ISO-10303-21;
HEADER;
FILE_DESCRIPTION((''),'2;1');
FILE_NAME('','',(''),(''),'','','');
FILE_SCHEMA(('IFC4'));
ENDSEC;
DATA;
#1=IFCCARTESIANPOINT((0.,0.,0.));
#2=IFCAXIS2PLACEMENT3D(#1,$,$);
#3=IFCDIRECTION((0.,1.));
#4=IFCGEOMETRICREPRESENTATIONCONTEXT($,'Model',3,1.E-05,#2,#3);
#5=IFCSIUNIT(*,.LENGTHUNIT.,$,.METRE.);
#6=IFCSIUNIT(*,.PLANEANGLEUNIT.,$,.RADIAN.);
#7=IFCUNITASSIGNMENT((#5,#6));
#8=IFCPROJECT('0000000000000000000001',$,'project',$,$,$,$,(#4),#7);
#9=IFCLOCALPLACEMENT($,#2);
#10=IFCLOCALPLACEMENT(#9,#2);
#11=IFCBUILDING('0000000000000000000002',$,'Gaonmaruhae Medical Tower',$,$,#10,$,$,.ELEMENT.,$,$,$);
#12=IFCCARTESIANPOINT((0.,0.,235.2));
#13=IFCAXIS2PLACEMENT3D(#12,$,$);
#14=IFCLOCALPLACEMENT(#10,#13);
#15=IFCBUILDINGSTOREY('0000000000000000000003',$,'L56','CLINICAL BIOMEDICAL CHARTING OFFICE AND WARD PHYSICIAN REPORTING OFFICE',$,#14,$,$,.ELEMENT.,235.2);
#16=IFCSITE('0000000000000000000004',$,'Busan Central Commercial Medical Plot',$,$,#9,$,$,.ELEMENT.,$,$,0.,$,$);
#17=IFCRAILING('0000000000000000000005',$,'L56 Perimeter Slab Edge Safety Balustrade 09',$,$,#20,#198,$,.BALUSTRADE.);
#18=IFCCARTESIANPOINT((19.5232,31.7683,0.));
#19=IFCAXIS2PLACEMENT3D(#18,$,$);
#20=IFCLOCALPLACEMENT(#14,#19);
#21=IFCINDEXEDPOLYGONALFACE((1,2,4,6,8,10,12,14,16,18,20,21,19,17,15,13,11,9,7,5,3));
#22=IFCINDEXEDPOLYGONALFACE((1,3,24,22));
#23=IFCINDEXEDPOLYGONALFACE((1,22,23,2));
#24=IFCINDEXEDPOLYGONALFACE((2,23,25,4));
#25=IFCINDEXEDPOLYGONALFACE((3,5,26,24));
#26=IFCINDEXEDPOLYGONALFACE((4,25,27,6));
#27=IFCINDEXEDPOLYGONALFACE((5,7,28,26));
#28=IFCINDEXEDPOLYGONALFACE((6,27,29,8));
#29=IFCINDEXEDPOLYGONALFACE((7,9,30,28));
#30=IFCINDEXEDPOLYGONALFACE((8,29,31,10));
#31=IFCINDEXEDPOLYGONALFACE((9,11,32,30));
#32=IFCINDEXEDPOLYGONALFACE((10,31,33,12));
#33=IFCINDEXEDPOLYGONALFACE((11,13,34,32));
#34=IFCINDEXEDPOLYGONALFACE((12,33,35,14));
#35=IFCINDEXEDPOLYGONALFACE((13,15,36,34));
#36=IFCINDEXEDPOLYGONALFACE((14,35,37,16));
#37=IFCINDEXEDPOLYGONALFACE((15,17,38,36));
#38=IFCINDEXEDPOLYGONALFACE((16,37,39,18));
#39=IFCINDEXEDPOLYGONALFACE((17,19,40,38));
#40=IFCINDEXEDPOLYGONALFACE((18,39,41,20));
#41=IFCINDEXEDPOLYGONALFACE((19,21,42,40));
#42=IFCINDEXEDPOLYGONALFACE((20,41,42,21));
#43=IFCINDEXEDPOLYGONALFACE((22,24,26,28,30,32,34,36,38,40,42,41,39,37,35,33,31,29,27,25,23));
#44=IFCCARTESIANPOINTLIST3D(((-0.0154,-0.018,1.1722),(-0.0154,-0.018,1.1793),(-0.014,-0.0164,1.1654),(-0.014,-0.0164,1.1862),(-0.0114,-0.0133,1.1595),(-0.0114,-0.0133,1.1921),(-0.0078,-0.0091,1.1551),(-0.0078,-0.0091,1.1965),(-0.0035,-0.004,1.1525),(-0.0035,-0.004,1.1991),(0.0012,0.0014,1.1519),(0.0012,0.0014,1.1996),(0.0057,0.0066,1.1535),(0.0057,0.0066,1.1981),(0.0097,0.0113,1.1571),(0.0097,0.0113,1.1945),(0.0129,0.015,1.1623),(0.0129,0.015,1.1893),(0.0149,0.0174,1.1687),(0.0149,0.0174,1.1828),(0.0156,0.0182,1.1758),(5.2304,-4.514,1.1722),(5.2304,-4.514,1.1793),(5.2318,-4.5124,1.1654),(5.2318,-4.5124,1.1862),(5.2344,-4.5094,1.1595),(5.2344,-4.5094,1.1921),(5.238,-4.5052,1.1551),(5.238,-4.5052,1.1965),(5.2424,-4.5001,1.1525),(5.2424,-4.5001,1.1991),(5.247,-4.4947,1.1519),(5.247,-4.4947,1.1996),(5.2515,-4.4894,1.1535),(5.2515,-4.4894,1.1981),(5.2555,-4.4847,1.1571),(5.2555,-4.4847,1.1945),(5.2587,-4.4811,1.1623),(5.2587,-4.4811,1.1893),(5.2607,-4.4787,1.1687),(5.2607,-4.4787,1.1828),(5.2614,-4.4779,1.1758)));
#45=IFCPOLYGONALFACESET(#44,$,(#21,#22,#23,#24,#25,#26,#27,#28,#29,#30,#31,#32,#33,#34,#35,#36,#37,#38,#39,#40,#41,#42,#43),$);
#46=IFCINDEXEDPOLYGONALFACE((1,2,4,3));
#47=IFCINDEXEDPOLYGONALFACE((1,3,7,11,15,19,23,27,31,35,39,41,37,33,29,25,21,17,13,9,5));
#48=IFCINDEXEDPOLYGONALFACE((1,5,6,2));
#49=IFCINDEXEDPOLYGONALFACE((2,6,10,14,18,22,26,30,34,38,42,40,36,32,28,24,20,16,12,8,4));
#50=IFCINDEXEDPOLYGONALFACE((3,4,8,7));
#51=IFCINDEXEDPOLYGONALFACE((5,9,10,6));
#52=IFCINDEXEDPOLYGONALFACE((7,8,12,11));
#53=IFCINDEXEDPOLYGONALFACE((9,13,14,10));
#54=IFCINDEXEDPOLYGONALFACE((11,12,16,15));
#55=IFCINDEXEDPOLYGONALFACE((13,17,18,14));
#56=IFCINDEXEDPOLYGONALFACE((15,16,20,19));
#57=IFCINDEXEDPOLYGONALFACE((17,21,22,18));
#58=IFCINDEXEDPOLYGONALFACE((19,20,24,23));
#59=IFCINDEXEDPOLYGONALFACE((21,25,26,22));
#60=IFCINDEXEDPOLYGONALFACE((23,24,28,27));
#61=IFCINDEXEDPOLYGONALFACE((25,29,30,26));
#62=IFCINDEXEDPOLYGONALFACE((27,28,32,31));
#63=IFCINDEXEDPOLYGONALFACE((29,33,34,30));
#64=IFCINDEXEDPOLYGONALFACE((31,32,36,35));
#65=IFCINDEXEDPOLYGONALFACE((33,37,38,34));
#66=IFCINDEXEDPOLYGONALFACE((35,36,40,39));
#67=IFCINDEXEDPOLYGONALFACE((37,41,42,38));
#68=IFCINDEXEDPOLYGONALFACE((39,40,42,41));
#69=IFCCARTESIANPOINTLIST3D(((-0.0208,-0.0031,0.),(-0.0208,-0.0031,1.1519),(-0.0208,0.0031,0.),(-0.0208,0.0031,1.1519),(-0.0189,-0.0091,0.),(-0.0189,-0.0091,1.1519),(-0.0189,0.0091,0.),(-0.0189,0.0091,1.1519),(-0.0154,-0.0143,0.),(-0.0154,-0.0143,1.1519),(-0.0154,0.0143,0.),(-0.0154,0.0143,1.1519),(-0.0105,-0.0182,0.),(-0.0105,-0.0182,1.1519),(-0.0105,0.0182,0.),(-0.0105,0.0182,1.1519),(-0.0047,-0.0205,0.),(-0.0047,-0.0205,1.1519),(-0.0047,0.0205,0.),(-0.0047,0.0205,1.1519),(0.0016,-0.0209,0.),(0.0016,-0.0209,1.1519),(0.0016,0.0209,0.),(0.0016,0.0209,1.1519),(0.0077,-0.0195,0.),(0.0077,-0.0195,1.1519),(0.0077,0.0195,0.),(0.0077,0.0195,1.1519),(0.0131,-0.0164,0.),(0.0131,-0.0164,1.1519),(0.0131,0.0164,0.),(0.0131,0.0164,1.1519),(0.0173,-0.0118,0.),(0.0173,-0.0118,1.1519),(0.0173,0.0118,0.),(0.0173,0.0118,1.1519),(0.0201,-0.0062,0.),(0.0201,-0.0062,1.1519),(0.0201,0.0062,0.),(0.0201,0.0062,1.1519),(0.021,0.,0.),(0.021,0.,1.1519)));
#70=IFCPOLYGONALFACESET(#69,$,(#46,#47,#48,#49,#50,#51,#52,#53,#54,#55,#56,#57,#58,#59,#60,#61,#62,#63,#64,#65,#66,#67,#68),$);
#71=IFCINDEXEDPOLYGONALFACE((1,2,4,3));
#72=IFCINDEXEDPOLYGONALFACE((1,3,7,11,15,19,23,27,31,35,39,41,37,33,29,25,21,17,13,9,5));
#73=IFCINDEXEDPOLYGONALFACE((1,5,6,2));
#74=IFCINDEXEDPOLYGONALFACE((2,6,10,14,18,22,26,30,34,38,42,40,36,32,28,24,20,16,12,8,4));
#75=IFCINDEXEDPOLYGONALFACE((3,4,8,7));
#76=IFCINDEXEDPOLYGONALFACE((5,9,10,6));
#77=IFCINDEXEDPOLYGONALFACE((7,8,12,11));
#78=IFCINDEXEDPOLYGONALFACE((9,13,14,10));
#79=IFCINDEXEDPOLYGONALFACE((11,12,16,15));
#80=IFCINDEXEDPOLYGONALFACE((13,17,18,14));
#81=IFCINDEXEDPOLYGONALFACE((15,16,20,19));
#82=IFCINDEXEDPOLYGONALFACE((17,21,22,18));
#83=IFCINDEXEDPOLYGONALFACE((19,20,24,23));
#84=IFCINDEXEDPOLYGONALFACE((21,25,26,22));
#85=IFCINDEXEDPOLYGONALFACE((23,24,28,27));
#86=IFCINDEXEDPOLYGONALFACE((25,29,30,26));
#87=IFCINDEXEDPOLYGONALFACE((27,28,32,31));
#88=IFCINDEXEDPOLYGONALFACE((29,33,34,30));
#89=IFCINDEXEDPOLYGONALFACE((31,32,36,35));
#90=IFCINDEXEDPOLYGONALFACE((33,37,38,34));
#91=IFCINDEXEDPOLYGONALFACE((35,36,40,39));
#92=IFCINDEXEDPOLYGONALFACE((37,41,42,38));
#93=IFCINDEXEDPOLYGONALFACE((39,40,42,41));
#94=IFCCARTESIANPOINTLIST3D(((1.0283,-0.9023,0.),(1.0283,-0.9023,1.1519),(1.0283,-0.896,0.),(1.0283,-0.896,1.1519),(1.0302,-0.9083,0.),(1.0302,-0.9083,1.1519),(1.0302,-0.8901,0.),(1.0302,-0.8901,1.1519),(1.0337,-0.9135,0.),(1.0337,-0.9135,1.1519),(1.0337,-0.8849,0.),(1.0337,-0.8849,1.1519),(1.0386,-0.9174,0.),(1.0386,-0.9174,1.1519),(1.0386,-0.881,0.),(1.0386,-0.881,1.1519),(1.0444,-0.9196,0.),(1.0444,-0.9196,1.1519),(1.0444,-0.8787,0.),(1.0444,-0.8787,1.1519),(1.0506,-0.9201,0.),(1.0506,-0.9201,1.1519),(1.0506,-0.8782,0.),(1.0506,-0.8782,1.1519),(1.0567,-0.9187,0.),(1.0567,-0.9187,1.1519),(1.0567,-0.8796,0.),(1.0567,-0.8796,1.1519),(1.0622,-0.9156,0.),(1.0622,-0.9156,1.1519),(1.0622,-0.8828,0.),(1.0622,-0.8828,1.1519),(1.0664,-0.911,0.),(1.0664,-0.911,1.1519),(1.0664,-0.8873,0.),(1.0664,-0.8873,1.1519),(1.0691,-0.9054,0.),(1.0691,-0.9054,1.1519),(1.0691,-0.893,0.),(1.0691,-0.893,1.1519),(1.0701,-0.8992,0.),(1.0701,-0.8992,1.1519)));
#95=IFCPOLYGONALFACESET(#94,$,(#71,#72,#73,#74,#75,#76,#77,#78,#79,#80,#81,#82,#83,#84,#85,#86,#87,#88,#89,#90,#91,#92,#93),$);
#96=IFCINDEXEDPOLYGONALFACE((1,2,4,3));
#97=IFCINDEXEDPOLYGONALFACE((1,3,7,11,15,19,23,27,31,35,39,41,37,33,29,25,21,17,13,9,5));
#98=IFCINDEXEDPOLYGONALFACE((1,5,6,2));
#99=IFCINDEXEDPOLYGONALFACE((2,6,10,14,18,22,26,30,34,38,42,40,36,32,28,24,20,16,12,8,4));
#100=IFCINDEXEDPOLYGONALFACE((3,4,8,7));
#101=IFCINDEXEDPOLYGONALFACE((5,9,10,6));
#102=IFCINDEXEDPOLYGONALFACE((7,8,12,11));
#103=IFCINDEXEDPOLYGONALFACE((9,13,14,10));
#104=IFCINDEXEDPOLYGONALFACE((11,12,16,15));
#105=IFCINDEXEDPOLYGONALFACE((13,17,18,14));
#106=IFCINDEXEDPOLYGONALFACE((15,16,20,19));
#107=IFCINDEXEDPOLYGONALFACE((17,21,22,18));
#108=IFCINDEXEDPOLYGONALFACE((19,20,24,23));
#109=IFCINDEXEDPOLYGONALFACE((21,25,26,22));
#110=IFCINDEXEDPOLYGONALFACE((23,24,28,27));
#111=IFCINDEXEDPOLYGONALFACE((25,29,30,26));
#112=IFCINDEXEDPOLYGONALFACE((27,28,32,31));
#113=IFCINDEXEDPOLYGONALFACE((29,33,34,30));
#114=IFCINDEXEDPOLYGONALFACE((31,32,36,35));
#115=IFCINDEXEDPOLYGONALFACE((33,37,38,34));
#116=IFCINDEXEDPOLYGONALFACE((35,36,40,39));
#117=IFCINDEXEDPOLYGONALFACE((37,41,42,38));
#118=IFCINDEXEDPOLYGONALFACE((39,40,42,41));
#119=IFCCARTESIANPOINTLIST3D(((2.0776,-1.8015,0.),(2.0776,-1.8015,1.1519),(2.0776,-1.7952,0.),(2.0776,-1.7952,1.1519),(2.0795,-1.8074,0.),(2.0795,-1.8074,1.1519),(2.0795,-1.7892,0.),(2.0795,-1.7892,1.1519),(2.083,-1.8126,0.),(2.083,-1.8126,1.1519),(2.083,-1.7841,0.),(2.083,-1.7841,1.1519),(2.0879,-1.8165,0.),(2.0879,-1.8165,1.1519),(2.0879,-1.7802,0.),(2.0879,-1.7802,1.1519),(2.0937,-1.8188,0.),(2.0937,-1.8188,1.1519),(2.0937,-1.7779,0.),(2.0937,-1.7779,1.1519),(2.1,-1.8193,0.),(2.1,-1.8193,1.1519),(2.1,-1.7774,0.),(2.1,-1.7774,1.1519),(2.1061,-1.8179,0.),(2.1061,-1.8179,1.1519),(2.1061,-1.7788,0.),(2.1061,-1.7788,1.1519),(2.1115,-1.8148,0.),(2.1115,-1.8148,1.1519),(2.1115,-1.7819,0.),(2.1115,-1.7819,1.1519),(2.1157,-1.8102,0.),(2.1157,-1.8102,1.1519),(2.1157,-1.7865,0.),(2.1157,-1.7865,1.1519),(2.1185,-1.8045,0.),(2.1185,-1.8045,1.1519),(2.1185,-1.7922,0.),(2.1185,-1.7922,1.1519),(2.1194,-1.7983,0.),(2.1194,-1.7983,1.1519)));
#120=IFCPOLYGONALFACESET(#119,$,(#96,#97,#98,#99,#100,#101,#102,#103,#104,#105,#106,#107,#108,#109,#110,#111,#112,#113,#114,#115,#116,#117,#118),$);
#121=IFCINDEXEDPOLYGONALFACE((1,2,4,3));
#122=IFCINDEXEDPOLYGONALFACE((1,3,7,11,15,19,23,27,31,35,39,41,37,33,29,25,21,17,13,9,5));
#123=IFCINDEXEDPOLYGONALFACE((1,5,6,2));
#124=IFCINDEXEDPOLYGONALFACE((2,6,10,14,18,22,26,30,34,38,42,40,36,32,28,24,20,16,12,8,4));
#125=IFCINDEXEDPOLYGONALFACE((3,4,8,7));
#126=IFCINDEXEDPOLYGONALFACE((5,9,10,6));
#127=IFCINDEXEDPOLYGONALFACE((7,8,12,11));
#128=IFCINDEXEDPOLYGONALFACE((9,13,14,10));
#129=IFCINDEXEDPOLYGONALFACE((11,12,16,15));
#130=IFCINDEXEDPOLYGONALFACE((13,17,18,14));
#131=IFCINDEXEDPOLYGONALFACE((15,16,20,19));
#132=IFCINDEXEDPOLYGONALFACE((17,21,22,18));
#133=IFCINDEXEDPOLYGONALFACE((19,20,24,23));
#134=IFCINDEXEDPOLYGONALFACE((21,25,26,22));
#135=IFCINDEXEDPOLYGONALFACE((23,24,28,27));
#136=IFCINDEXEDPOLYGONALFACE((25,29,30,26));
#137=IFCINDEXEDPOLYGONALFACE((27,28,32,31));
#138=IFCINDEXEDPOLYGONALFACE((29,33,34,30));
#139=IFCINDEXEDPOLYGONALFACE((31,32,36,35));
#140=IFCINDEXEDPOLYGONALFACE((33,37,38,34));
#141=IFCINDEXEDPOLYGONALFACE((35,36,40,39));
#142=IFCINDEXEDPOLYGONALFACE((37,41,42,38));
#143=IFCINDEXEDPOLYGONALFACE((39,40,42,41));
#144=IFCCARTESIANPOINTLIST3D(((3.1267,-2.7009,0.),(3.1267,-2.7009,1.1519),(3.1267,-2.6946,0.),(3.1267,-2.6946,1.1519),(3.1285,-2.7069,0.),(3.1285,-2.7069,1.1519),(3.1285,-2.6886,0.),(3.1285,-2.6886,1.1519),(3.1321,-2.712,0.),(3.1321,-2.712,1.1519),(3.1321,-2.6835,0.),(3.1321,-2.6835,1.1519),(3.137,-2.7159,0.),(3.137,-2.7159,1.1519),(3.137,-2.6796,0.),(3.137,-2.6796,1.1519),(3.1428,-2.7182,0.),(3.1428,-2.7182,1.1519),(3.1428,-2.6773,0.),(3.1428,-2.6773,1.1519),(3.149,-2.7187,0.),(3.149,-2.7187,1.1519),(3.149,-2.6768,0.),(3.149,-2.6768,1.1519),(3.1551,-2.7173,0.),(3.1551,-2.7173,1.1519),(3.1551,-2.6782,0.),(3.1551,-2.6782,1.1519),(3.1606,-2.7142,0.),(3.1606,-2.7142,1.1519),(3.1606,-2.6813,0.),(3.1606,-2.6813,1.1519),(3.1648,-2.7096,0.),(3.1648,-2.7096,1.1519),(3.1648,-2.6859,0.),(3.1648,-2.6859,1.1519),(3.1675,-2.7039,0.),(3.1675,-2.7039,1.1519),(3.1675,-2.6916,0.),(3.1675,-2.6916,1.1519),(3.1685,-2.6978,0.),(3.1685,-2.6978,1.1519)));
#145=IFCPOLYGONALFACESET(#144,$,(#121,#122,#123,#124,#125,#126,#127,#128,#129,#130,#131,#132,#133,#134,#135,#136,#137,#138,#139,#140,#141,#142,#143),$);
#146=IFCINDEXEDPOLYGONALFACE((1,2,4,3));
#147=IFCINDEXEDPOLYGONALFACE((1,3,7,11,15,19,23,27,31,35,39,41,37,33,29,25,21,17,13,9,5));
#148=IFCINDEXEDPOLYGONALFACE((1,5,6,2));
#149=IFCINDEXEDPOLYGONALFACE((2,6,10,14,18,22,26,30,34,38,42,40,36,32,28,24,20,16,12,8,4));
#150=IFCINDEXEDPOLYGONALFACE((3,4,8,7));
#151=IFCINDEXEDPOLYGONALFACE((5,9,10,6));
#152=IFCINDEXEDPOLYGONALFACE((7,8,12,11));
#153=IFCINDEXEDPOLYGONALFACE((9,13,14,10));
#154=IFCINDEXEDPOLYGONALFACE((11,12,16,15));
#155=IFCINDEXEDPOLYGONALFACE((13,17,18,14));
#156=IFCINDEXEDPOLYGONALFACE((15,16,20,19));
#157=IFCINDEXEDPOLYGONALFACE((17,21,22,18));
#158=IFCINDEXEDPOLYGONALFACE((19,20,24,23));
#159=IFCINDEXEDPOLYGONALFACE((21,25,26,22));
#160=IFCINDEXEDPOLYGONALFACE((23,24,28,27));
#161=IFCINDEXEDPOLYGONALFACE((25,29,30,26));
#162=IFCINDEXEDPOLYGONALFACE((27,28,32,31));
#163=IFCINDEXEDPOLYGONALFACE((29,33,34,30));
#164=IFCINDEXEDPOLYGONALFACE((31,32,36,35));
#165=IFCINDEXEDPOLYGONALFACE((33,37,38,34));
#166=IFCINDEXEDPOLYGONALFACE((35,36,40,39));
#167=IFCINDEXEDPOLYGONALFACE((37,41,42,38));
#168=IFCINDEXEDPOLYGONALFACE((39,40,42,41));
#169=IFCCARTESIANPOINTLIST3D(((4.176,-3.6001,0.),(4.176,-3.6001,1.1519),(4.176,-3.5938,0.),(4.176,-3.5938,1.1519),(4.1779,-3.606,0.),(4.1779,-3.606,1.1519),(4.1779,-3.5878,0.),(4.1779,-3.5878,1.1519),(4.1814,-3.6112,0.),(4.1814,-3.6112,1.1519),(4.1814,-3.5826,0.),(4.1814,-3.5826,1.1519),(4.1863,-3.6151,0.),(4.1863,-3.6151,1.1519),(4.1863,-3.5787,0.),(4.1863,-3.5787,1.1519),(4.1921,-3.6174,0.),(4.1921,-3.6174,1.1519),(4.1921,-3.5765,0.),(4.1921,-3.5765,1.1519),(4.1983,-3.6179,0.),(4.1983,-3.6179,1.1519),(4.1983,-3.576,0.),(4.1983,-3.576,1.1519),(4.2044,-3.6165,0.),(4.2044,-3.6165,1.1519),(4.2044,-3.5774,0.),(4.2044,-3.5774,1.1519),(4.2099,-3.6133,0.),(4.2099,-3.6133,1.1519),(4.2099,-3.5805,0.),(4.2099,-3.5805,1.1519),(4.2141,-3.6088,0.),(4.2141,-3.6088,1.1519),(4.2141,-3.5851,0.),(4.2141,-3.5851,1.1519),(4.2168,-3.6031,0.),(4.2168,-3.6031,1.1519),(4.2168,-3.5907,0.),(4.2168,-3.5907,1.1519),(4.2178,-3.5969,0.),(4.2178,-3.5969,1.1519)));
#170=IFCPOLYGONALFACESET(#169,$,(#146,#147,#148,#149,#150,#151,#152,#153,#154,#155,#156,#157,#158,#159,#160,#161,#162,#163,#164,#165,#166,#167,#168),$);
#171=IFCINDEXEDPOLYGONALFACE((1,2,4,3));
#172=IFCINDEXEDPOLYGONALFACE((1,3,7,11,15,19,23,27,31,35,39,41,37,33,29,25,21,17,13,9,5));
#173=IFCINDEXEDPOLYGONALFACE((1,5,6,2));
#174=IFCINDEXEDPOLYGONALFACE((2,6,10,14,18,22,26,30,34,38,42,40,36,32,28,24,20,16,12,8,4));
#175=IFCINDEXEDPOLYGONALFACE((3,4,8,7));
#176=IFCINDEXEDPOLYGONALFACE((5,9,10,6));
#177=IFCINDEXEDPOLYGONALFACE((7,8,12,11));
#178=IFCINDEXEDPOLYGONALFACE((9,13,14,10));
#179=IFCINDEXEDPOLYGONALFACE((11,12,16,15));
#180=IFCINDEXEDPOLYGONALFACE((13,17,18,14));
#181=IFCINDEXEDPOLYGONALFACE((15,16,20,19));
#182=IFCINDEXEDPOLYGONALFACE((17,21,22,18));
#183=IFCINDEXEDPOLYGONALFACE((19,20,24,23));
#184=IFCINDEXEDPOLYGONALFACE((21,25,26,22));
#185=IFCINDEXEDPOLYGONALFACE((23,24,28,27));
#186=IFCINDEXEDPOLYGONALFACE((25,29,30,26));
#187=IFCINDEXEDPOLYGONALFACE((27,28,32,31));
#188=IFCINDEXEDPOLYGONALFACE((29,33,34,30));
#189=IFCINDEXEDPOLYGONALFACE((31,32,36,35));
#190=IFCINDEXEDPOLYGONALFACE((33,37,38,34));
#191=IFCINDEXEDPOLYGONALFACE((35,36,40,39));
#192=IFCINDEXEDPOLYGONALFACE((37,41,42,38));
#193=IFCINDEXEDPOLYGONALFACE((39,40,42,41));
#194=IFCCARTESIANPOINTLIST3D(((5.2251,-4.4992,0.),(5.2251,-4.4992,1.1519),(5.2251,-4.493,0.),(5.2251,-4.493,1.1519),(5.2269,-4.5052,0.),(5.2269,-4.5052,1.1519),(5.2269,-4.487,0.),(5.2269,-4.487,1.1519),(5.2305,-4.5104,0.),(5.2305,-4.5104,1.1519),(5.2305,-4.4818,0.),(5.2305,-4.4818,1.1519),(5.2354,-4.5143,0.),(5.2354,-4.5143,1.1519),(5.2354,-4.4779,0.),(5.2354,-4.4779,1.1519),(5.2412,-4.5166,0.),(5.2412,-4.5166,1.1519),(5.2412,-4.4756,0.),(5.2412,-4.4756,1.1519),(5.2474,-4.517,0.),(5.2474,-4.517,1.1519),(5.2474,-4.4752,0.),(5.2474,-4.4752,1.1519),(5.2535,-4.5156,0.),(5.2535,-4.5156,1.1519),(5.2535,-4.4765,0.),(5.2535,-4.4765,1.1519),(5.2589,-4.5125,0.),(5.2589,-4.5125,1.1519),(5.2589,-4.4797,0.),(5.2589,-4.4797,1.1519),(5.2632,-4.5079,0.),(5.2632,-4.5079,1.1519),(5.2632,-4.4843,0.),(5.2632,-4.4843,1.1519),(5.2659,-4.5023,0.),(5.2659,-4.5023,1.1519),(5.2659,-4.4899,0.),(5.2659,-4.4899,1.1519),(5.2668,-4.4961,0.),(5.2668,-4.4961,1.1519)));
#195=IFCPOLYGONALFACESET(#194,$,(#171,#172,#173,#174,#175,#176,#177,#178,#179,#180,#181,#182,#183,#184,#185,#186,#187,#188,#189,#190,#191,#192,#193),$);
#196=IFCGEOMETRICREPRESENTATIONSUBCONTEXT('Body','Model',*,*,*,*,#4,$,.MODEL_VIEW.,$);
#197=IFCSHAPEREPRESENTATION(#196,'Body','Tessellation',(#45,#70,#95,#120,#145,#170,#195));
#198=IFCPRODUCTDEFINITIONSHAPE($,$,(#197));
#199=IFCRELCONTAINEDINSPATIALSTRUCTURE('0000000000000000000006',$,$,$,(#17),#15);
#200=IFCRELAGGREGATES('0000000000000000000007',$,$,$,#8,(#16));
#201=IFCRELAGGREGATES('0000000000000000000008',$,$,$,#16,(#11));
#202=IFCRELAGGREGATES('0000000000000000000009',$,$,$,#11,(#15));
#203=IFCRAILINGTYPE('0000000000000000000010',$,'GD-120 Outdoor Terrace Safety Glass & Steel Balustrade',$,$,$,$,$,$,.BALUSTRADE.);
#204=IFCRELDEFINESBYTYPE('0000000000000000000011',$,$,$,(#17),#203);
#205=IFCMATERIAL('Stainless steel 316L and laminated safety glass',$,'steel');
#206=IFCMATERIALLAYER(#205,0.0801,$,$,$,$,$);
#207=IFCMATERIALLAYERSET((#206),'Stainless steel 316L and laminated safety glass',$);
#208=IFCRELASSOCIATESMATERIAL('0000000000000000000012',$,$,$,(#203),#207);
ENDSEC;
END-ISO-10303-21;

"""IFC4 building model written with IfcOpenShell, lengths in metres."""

from ifc_helpers import new_model, si_unit, direction, frame, origin, origin_2d, place, context, subcontext, project, spatial, circle, extrude, material, layer, layer_set, type_object, element, save


model = new_model("IFC4")

# Units and contexts
model_context = context("Model", 3, precision=1e-05, world=origin(), true_north=direction((0.0, 1.0)))
body_context = subcontext(model_context, "Body", "Model", "MODEL_VIEW")
ifc_project = project(units=[si_unit("LENGTHUNIT", "METRE"), si_unit("PLANEANGLEUNIT", "RADIAN")], contexts=[model_context])

# Site, building, storey
site_placement = place(None, origin())
site = spatial("IfcSite", under=ifc_project, at=site_placement, Name="Busan Central Commercial Medical Plot", CompositionType="ELEMENT", RefElevation=0.0)
building_placement = place(site_placement, origin())
building = spatial("IfcBuilding", under=site, at=building_placement, Name="Gaonmaruhae Medical Tower", CompositionType="ELEMENT")
storey_placement = place(building_placement, frame((0.0, 0.0, 235.2)))
storey = spatial("IfcBuildingStorey", under=building, at=storey_placement, Name="L56", Description="CLINICAL BIOMEDICAL CHARTING OFFICE AND WARD PHYSICIAN REPORTING OFFICE", CompositionType="ELEMENT", Elevation=235.2)

# Railing
ifc_material_1 = material(Name="Stainless steel 316L and laminated safety glass", Category="steel")
ifc_layer_1 = layer(ifc_material_1, 0.0801)
ifc_layer_set_1 = layer_set([ifc_layer_1], Name="Stainless steel 316L and laminated safety glass")
railing_type = type_object("IfcRailingType", Name="GD-120 Outdoor Terrace Safety Glass & Steel Balustrade", PredefinedType="BALUSTRADE", material=ifc_layer_set_1)
railing_1_placement = place(storey_placement, frame((19.5232, 31.7683, 0.0)))
element("IfcRailing", 1, at=railing_1_placement, inside=storey, type_object=railing_type, Name="L56 Perimeter Slab Edge Safety Balustrade 09", PredefinedType="BALUSTRADE", context=body_context, shape_type="SweptSolid", body=[
    extrude(circle(Radius=0.0239, at=origin_2d()), frame((0.0, 0.0, 1.1758), z_axis=(0.759282, -0.650762, 0.0), x_axis=(0.650762, 0.759282, 0.0)), (0.0, 0.0, 1.0), 6.9089),
    extrude(circle(Radius=0.021, at=origin_2d()), origin(), (0.0, 0.0, 1.0), 1.1519),
    extrude(circle(Radius=0.021, at=origin_2d()), frame((1.0491, -0.8992, 0.0)), (0.0, 0.0, 1.0), 1.1519),
    extrude(circle(Radius=0.021, at=origin_2d()), frame((2.0984, -1.7983, 0.0)), (0.0, 0.0, 1.0), 1.1519),
    extrude(circle(Radius=0.021, at=origin_2d()), frame((3.1475, -2.6978, 0.0)), (0.0, 0.0, 1.0), 1.1519),
    extrude(circle(Radius=0.021, at=origin_2d()), frame((4.1968, -3.5969, 0.0)), (0.0, 0.0, 1.0), 1.1519),
    extrude(circle(Radius=0.021, at=origin_2d()), frame((5.2458, -4.4961, 0.0)), (0.0, 0.0, 1.0), 1.1519),
])

save(model, "model.ifc")
